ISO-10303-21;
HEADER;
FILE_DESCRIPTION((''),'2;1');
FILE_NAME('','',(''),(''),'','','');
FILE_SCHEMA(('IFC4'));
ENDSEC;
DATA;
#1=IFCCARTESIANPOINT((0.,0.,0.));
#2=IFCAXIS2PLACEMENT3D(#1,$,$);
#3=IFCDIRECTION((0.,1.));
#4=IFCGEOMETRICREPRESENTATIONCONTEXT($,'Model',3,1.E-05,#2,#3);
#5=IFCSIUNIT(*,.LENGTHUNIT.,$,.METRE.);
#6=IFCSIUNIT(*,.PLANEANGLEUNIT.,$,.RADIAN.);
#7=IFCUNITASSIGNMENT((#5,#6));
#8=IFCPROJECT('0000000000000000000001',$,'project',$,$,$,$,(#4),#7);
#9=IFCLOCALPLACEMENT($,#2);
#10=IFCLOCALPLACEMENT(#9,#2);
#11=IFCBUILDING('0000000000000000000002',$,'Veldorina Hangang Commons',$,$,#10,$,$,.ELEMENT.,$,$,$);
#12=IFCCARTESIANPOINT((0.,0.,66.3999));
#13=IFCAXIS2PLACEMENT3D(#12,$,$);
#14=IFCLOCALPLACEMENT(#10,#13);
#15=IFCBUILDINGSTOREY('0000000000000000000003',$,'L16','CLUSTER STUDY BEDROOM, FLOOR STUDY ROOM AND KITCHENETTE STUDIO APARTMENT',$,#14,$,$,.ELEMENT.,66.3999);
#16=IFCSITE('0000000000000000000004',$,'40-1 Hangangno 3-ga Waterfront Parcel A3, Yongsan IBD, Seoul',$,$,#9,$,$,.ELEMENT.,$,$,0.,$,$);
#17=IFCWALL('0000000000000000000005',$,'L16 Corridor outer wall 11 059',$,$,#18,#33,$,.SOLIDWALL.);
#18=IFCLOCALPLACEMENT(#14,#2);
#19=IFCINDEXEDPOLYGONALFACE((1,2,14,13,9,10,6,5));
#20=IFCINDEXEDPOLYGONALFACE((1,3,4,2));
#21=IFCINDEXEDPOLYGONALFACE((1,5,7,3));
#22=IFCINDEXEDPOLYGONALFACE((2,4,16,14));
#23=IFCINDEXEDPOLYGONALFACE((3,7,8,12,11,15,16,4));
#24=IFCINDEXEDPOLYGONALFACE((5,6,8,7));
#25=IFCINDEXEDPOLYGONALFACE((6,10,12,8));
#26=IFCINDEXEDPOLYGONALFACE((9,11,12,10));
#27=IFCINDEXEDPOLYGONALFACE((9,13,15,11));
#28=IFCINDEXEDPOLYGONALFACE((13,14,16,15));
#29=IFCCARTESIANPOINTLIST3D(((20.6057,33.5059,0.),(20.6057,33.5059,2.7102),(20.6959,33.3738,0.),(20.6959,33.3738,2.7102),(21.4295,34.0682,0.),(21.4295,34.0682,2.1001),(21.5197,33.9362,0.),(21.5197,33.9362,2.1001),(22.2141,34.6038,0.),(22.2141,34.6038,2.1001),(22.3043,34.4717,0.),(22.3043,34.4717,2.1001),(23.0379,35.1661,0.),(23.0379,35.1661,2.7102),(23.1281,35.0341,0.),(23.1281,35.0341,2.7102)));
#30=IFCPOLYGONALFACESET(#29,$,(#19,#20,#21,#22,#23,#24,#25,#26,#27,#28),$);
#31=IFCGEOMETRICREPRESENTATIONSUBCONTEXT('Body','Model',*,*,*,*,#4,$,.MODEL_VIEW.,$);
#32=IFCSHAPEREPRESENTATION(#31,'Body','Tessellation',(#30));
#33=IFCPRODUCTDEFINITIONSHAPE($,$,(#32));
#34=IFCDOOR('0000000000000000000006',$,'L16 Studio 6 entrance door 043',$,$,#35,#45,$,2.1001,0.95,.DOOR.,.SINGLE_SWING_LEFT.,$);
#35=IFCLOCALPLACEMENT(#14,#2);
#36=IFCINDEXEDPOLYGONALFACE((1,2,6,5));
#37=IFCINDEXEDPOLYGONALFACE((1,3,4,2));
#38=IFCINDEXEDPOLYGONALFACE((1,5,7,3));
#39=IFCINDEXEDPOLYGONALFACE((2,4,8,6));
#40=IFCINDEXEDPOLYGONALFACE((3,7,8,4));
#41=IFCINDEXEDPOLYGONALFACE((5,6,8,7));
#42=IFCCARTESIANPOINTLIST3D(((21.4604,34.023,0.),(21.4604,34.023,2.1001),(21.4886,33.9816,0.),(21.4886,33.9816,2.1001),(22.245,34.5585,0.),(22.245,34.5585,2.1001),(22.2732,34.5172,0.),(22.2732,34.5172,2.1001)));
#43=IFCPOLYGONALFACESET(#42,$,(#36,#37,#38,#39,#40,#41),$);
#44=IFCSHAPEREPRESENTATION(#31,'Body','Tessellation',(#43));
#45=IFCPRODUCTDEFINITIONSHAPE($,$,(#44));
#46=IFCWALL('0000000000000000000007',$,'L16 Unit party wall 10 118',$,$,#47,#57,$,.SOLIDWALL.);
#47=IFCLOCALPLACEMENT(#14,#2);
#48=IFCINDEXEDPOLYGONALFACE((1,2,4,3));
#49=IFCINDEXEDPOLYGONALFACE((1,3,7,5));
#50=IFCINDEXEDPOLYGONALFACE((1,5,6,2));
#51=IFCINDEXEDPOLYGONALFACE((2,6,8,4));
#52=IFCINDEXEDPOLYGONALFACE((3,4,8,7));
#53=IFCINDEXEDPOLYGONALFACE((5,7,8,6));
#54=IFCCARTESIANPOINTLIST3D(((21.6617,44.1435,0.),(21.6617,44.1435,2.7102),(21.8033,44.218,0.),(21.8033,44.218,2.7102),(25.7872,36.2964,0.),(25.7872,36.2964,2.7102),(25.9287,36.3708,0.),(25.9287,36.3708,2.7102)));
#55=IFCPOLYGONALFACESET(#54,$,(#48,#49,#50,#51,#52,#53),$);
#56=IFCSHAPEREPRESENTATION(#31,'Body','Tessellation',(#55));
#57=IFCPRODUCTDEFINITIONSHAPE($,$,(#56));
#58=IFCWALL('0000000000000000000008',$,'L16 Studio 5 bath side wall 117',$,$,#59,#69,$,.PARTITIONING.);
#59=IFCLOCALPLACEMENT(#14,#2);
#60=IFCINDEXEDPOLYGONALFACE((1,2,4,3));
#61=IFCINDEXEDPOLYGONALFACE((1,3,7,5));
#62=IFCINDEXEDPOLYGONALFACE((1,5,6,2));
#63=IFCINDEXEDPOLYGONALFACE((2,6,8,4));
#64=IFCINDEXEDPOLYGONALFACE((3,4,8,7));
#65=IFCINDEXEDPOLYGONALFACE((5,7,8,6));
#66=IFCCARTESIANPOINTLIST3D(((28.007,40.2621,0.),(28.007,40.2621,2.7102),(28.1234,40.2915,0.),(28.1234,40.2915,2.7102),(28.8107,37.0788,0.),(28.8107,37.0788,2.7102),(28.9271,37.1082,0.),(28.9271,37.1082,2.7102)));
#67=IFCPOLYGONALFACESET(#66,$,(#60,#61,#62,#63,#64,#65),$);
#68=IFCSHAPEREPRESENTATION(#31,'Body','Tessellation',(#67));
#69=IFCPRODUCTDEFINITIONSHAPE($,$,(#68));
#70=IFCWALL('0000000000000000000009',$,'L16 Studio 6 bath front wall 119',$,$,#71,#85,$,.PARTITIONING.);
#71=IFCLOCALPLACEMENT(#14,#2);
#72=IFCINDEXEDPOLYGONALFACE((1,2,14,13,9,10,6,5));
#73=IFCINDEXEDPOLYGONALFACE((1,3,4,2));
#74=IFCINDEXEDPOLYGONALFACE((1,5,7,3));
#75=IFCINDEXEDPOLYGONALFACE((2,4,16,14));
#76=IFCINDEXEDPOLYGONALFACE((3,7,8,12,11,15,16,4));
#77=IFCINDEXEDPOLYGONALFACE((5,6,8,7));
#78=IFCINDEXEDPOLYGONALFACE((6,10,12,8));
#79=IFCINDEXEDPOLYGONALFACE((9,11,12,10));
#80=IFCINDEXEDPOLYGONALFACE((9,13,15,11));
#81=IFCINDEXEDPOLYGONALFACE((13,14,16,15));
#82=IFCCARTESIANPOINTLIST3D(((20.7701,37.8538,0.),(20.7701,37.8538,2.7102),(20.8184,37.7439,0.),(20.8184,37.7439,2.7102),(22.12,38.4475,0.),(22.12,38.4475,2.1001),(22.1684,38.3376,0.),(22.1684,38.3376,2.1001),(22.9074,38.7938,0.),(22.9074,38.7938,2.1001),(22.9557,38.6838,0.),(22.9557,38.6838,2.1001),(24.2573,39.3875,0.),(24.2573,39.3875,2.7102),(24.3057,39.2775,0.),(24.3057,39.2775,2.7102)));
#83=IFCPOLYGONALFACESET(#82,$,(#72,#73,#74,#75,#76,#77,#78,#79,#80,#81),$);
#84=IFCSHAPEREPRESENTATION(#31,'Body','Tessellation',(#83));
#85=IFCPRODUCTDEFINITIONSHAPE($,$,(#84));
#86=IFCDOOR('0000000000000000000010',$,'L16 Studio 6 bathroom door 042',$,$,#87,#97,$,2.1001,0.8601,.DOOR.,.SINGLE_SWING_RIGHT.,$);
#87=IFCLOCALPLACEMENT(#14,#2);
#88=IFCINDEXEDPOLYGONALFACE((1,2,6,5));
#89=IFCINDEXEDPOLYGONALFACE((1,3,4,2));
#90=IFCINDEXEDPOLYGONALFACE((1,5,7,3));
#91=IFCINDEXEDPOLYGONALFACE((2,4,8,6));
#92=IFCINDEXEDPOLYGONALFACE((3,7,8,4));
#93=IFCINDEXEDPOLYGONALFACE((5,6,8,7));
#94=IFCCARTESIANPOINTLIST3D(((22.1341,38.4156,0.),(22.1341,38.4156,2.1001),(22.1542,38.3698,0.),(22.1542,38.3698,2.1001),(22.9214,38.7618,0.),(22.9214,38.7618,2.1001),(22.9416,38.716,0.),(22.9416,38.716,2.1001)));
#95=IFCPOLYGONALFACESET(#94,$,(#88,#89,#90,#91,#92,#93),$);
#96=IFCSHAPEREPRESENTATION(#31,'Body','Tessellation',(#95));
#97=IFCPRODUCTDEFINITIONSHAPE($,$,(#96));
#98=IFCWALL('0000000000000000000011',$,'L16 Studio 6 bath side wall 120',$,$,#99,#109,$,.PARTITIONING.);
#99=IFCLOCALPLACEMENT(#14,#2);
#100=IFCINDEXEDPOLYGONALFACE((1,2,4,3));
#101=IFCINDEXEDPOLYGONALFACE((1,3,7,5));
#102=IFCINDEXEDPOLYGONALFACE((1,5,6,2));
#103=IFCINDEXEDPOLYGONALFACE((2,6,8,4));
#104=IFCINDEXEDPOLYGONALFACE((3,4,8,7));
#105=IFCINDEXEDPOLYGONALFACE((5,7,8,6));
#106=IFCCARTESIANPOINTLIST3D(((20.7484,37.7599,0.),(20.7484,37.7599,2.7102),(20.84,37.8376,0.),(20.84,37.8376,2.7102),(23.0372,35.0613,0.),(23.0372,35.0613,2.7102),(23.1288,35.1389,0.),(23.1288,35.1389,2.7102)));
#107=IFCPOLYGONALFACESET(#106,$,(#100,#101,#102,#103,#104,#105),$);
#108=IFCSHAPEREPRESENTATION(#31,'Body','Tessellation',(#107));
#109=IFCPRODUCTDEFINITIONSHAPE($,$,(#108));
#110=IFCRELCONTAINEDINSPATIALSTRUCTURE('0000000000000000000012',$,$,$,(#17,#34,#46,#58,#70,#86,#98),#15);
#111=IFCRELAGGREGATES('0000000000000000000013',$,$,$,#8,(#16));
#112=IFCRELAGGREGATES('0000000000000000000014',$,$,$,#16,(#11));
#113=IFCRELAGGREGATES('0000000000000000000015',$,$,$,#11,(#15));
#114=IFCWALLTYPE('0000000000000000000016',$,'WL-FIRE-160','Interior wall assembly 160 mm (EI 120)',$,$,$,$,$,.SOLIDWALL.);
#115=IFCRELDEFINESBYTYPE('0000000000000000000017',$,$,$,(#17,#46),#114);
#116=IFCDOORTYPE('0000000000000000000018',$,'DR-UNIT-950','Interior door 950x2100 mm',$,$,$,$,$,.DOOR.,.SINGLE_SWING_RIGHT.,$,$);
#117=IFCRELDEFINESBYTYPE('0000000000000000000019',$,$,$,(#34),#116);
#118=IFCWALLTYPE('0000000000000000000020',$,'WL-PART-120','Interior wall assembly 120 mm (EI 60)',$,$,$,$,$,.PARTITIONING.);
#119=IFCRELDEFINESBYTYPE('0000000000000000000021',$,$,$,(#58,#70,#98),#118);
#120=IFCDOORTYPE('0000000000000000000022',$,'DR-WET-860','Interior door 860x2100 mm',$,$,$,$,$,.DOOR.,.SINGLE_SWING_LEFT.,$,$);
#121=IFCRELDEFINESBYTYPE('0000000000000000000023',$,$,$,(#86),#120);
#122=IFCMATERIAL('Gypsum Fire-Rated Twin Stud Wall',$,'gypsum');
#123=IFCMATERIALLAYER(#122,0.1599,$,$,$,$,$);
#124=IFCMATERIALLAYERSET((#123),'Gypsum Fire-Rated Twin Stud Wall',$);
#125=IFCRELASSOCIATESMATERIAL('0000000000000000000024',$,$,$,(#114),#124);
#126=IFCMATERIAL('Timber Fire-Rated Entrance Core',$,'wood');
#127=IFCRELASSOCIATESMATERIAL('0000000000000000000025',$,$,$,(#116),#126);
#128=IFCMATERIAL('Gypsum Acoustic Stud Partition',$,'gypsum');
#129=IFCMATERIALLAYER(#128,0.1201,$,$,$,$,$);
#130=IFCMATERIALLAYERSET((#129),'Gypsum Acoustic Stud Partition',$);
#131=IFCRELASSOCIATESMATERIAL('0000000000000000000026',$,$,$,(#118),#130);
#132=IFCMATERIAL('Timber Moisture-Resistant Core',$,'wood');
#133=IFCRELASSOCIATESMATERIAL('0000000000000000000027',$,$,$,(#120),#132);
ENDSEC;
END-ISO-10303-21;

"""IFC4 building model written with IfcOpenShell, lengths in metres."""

from ifc_helpers import new_model, si_unit, direction, frame, frame_2d, origin, place, context, subcontext, project, spatial, rectangle, extrude, material, layer, layer_set, type_object, element, fill, save


model = new_model("IFC4")

# Units and contexts
model_context = context("Model", 3, precision=1e-05, world=origin(), true_north=direction((0.0, 1.0)))
body_context = subcontext(model_context, "Body", "Model", "MODEL_VIEW")
ifc_project = project(units=[si_unit("LENGTHUNIT", "METRE"), si_unit("PLANEANGLEUNIT", "RADIAN")], contexts=[model_context])

# Site, building, storey
site_placement = place(None, origin())
site = spatial("IfcSite", under=ifc_project, at=site_placement, Name="40-1 Hangangno 3-ga Waterfront Parcel A3, Yongsan IBD, Seoul", CompositionType="ELEMENT", RefElevation=0.0)
building_placement = place(site_placement, origin())
building = spatial("IfcBuilding", under=site, at=building_placement, Name="Veldorina Hangang Commons", CompositionType="ELEMENT")
storey_placement = place(building_placement, frame((0.0, 0.0, 66.3999)))
storey = spatial("IfcBuildingStorey", under=building, at=storey_placement, Name="L16", Description="CLUSTER STUDY BEDROOM, FLOOR STUDY ROOM AND KITCHENETTE STUDIO APARTMENT", CompositionType="ELEMENT", Elevation=66.3999)

# Shared definitions
ifc_material_1 = material(Name="Gypsum Fire-Rated Twin Stud Wall", Category="gypsum")
ifc_layer_1 = layer(ifc_material_1, 0.1599)
ifc_layer_set_1 = layer_set([ifc_layer_1], Name="Gypsum Fire-Rated Twin Stud Wall")
wall_type_1 = type_object("IfcWallType", Name="WL-FIRE-160", Description="Interior wall assembly 160 mm (EI 120)", PredefinedType="SOLIDWALL", material=ifc_layer_set_1)

# Shared definitions
ifc_material_2 = material(Name="Timber Fire-Rated Entrance Core", Category="wood")
door_type_1 = type_object("IfcDoorType", Name="DR-UNIT-950", Description="Interior door 950x2100 mm", OperationType="SINGLE_SWING_RIGHT", PredefinedType="DOOR", material=ifc_material_2)

# Wall, opening, door
wall_1_placement = place(storey_placement, frame((23.083, 35.1001, 0.0), z_axis=(0.0, 0.0, 1.0), x_axis=(-0.825929, -0.563774, 0.0)))
wall_1 = element("IfcWall", 1, at=wall_1_placement, inside=storey, type_object=wall_type_1, Name="L16 Corridor outer wall 11 059", PredefinedType="SOLIDWALL", context=body_context, shape_type="SweptSolid", body=[
    extrude(rectangle(XDim=2.9448, YDim=0.1599, at=frame_2d((1.4724, 0.0))), origin(), (0.0, 0.0, 1.0), 2.7102),
])
opening_1_placement = place(wall_1_placement, frame((0.9973, 0.0, 0.0)))
opening_1 = element("IfcOpeningElement", 2, at=opening_1_placement, cuts=wall_1, PredefinedType="OPENING", context=body_context, shape_type="SweptSolid", body=[
    extrude(rectangle(XDim=0.95, YDim=2.1001, at=frame_2d((0.4751, 1.05))), frame((0.0, 0.0898, 0.0), z_axis=(0.0, -1.0, 0.0), x_axis=(1.0, 0.0, 0.0)), (0.0, 0.0, 1.0), 0.1799),
])
door_1_placement = place(opening_1_placement, origin())
door_1 = element("IfcDoor", 3, at=door_1_placement, inside=storey, type_object=door_type_1, Name="L16 Studio 6 entrance door 043", OperationType="SINGLE_SWING_LEFT", OverallHeight=2.1001, OverallWidth=0.95, PredefinedType="DOOR", context=body_context, shape_type="SweptSolid", body=[
    extrude(rectangle(XDim=0.95, YDim=2.1001, at=frame_2d((0.4751, 1.05))), frame((0.0, 0.0249, 0.0), z_axis=(0.0, -1.0, 0.0), x_axis=(1.0, 0.0, 0.0)), (0.0, 0.0, 1.0), 0.05),
])
fill(opening_1, door_1)

# Walls
wall_2_placement = place(storey_placement, frame((25.8579, 36.3337, 0.0), z_axis=(0.0, 0.0, 1.0), x_axis=(-0.46534, 0.885132, 0.0)))
element("IfcWall", 4, at=wall_2_placement, inside=storey, type_object=wall_type_1, Name="L16 Unit party wall 10 118", PredefinedType="SOLIDWALL", context=body_context, shape_type="SweptSolid", body=[
    extrude(rectangle(XDim=8.8655, YDim=0.1599, at=frame_2d((4.4326, 0.0))), origin(), (0.0, 0.0, 1.0), 2.7102),
])
ifc_material_3 = material(Name="Gypsum Acoustic Stud Partition", Category="gypsum")
ifc_layer_2 = layer(ifc_material_3, 0.1201)
ifc_layer_set_2 = layer_set([ifc_layer_2], Name="Gypsum Acoustic Stud Partition")
wall_type_2 = type_object("IfcWallType", Name="WL-PART-120", Description="Interior wall assembly 120 mm (EI 60)", PredefinedType="PARTITIONING", material=ifc_layer_set_2)
wall_3_placement = place(storey_placement, frame((28.8689, 37.0935, 0.0), z_axis=(0.0, 0.0, 1.0), x_axis=(-0.244792, 0.969576, 0.0)))
element("IfcWall", 5, at=wall_3_placement, inside=storey, type_object=wall_type_2, Name="L16 Studio 5 bath side wall 117", PredefinedType="PARTITIONING", context=body_context, shape_type="SweptSolid", body=[
    extrude(rectangle(XDim=3.2832, YDim=0.1201, at=frame_2d((1.6416, 0.0))), origin(), (0.0, 0.0, 1.0), 2.7102),
])

# Wall, opening, door
wall_4_placement = place(storey_placement, frame((24.2815, 39.3325, 0.0), z_axis=(0.0, 0.0, 1.0), x_axis=(-0.915385, -0.40258, 0.0)))
wall_4 = element("IfcWall", 6, at=wall_4_placement, inside=storey, type_object=wall_type_2, Name="L16 Studio 6 bath front wall 119", PredefinedType="PARTITIONING", context=body_context, shape_type="SweptSolid", body=[
    extrude(rectangle(XDim=3.8096, YDim=0.1201, at=frame_2d((1.9048, 0.0))), origin(), (0.0, 0.0, 1.0), 2.7102),
])
opening_2_placement = place(wall_4_placement, frame((1.4746, 0.0, 0.0)))
opening_2 = element("IfcOpeningElement", 7, at=opening_2_placement, cuts=wall_4, PredefinedType="OPENING", context=body_context, shape_type="SweptSolid", body=[
    extrude(rectangle(XDim=0.8601, YDim=2.1001, at=frame_2d((0.4302, 1.05))), frame((0.0, 0.0701, 0.0), z_axis=(0.0, -1.0, 0.0), x_axis=(1.0, 0.0, 0.0)), (0.0, 0.0, 1.0), 0.1401),
])
ifc_material_4 = material(Name="Timber Moisture-Resistant Core", Category="wood")
door_type_2 = type_object("IfcDoorType", Name="DR-WET-860", Description="Interior door 860x2100 mm", OperationType="SINGLE_SWING_LEFT", PredefinedType="DOOR", material=ifc_material_4)
door_2_placement = place(opening_2_placement, origin())
door_2 = element("IfcDoor", 8, at=door_2_placement, inside=storey, type_object=door_type_2, Name="L16 Studio 6 bathroom door 042", OperationType="SINGLE_SWING_RIGHT", OverallHeight=2.1001, OverallWidth=0.8601, PredefinedType="DOOR", context=body_context, shape_type="SweptSolid", body=[
    extrude(rectangle(XDim=0.8601, YDim=2.1001, at=frame_2d((0.4302, 1.05))), frame((0.0, 0.0249, 0.0), z_axis=(0.0, -1.0, 0.0), x_axis=(1.0, 0.0, 0.0)), (0.0, 0.0, 1.0), 0.05),
])
fill(opening_2, door_2)

# Wall
wall_5_placement = place(storey_placement, frame((23.083, 35.1001, 0.0), z_axis=(0.0, 0.0, 1.0), x_axis=(-0.646811, 0.76265, 0.0)))
element("IfcWall", 9, at=wall_5_placement, inside=storey, type_object=wall_type_2, Name="L16 Studio 6 bath side wall 120", PredefinedType="PARTITIONING", context=body_context, shape_type="SweptSolid", body=[
    extrude(rectangle(XDim=3.5386, YDim=0.1201, at=frame_2d((1.7693, 0.0))), origin(), (0.0, 0.0, 1.0), 2.7102),
])

save(model, "model.ifc")
